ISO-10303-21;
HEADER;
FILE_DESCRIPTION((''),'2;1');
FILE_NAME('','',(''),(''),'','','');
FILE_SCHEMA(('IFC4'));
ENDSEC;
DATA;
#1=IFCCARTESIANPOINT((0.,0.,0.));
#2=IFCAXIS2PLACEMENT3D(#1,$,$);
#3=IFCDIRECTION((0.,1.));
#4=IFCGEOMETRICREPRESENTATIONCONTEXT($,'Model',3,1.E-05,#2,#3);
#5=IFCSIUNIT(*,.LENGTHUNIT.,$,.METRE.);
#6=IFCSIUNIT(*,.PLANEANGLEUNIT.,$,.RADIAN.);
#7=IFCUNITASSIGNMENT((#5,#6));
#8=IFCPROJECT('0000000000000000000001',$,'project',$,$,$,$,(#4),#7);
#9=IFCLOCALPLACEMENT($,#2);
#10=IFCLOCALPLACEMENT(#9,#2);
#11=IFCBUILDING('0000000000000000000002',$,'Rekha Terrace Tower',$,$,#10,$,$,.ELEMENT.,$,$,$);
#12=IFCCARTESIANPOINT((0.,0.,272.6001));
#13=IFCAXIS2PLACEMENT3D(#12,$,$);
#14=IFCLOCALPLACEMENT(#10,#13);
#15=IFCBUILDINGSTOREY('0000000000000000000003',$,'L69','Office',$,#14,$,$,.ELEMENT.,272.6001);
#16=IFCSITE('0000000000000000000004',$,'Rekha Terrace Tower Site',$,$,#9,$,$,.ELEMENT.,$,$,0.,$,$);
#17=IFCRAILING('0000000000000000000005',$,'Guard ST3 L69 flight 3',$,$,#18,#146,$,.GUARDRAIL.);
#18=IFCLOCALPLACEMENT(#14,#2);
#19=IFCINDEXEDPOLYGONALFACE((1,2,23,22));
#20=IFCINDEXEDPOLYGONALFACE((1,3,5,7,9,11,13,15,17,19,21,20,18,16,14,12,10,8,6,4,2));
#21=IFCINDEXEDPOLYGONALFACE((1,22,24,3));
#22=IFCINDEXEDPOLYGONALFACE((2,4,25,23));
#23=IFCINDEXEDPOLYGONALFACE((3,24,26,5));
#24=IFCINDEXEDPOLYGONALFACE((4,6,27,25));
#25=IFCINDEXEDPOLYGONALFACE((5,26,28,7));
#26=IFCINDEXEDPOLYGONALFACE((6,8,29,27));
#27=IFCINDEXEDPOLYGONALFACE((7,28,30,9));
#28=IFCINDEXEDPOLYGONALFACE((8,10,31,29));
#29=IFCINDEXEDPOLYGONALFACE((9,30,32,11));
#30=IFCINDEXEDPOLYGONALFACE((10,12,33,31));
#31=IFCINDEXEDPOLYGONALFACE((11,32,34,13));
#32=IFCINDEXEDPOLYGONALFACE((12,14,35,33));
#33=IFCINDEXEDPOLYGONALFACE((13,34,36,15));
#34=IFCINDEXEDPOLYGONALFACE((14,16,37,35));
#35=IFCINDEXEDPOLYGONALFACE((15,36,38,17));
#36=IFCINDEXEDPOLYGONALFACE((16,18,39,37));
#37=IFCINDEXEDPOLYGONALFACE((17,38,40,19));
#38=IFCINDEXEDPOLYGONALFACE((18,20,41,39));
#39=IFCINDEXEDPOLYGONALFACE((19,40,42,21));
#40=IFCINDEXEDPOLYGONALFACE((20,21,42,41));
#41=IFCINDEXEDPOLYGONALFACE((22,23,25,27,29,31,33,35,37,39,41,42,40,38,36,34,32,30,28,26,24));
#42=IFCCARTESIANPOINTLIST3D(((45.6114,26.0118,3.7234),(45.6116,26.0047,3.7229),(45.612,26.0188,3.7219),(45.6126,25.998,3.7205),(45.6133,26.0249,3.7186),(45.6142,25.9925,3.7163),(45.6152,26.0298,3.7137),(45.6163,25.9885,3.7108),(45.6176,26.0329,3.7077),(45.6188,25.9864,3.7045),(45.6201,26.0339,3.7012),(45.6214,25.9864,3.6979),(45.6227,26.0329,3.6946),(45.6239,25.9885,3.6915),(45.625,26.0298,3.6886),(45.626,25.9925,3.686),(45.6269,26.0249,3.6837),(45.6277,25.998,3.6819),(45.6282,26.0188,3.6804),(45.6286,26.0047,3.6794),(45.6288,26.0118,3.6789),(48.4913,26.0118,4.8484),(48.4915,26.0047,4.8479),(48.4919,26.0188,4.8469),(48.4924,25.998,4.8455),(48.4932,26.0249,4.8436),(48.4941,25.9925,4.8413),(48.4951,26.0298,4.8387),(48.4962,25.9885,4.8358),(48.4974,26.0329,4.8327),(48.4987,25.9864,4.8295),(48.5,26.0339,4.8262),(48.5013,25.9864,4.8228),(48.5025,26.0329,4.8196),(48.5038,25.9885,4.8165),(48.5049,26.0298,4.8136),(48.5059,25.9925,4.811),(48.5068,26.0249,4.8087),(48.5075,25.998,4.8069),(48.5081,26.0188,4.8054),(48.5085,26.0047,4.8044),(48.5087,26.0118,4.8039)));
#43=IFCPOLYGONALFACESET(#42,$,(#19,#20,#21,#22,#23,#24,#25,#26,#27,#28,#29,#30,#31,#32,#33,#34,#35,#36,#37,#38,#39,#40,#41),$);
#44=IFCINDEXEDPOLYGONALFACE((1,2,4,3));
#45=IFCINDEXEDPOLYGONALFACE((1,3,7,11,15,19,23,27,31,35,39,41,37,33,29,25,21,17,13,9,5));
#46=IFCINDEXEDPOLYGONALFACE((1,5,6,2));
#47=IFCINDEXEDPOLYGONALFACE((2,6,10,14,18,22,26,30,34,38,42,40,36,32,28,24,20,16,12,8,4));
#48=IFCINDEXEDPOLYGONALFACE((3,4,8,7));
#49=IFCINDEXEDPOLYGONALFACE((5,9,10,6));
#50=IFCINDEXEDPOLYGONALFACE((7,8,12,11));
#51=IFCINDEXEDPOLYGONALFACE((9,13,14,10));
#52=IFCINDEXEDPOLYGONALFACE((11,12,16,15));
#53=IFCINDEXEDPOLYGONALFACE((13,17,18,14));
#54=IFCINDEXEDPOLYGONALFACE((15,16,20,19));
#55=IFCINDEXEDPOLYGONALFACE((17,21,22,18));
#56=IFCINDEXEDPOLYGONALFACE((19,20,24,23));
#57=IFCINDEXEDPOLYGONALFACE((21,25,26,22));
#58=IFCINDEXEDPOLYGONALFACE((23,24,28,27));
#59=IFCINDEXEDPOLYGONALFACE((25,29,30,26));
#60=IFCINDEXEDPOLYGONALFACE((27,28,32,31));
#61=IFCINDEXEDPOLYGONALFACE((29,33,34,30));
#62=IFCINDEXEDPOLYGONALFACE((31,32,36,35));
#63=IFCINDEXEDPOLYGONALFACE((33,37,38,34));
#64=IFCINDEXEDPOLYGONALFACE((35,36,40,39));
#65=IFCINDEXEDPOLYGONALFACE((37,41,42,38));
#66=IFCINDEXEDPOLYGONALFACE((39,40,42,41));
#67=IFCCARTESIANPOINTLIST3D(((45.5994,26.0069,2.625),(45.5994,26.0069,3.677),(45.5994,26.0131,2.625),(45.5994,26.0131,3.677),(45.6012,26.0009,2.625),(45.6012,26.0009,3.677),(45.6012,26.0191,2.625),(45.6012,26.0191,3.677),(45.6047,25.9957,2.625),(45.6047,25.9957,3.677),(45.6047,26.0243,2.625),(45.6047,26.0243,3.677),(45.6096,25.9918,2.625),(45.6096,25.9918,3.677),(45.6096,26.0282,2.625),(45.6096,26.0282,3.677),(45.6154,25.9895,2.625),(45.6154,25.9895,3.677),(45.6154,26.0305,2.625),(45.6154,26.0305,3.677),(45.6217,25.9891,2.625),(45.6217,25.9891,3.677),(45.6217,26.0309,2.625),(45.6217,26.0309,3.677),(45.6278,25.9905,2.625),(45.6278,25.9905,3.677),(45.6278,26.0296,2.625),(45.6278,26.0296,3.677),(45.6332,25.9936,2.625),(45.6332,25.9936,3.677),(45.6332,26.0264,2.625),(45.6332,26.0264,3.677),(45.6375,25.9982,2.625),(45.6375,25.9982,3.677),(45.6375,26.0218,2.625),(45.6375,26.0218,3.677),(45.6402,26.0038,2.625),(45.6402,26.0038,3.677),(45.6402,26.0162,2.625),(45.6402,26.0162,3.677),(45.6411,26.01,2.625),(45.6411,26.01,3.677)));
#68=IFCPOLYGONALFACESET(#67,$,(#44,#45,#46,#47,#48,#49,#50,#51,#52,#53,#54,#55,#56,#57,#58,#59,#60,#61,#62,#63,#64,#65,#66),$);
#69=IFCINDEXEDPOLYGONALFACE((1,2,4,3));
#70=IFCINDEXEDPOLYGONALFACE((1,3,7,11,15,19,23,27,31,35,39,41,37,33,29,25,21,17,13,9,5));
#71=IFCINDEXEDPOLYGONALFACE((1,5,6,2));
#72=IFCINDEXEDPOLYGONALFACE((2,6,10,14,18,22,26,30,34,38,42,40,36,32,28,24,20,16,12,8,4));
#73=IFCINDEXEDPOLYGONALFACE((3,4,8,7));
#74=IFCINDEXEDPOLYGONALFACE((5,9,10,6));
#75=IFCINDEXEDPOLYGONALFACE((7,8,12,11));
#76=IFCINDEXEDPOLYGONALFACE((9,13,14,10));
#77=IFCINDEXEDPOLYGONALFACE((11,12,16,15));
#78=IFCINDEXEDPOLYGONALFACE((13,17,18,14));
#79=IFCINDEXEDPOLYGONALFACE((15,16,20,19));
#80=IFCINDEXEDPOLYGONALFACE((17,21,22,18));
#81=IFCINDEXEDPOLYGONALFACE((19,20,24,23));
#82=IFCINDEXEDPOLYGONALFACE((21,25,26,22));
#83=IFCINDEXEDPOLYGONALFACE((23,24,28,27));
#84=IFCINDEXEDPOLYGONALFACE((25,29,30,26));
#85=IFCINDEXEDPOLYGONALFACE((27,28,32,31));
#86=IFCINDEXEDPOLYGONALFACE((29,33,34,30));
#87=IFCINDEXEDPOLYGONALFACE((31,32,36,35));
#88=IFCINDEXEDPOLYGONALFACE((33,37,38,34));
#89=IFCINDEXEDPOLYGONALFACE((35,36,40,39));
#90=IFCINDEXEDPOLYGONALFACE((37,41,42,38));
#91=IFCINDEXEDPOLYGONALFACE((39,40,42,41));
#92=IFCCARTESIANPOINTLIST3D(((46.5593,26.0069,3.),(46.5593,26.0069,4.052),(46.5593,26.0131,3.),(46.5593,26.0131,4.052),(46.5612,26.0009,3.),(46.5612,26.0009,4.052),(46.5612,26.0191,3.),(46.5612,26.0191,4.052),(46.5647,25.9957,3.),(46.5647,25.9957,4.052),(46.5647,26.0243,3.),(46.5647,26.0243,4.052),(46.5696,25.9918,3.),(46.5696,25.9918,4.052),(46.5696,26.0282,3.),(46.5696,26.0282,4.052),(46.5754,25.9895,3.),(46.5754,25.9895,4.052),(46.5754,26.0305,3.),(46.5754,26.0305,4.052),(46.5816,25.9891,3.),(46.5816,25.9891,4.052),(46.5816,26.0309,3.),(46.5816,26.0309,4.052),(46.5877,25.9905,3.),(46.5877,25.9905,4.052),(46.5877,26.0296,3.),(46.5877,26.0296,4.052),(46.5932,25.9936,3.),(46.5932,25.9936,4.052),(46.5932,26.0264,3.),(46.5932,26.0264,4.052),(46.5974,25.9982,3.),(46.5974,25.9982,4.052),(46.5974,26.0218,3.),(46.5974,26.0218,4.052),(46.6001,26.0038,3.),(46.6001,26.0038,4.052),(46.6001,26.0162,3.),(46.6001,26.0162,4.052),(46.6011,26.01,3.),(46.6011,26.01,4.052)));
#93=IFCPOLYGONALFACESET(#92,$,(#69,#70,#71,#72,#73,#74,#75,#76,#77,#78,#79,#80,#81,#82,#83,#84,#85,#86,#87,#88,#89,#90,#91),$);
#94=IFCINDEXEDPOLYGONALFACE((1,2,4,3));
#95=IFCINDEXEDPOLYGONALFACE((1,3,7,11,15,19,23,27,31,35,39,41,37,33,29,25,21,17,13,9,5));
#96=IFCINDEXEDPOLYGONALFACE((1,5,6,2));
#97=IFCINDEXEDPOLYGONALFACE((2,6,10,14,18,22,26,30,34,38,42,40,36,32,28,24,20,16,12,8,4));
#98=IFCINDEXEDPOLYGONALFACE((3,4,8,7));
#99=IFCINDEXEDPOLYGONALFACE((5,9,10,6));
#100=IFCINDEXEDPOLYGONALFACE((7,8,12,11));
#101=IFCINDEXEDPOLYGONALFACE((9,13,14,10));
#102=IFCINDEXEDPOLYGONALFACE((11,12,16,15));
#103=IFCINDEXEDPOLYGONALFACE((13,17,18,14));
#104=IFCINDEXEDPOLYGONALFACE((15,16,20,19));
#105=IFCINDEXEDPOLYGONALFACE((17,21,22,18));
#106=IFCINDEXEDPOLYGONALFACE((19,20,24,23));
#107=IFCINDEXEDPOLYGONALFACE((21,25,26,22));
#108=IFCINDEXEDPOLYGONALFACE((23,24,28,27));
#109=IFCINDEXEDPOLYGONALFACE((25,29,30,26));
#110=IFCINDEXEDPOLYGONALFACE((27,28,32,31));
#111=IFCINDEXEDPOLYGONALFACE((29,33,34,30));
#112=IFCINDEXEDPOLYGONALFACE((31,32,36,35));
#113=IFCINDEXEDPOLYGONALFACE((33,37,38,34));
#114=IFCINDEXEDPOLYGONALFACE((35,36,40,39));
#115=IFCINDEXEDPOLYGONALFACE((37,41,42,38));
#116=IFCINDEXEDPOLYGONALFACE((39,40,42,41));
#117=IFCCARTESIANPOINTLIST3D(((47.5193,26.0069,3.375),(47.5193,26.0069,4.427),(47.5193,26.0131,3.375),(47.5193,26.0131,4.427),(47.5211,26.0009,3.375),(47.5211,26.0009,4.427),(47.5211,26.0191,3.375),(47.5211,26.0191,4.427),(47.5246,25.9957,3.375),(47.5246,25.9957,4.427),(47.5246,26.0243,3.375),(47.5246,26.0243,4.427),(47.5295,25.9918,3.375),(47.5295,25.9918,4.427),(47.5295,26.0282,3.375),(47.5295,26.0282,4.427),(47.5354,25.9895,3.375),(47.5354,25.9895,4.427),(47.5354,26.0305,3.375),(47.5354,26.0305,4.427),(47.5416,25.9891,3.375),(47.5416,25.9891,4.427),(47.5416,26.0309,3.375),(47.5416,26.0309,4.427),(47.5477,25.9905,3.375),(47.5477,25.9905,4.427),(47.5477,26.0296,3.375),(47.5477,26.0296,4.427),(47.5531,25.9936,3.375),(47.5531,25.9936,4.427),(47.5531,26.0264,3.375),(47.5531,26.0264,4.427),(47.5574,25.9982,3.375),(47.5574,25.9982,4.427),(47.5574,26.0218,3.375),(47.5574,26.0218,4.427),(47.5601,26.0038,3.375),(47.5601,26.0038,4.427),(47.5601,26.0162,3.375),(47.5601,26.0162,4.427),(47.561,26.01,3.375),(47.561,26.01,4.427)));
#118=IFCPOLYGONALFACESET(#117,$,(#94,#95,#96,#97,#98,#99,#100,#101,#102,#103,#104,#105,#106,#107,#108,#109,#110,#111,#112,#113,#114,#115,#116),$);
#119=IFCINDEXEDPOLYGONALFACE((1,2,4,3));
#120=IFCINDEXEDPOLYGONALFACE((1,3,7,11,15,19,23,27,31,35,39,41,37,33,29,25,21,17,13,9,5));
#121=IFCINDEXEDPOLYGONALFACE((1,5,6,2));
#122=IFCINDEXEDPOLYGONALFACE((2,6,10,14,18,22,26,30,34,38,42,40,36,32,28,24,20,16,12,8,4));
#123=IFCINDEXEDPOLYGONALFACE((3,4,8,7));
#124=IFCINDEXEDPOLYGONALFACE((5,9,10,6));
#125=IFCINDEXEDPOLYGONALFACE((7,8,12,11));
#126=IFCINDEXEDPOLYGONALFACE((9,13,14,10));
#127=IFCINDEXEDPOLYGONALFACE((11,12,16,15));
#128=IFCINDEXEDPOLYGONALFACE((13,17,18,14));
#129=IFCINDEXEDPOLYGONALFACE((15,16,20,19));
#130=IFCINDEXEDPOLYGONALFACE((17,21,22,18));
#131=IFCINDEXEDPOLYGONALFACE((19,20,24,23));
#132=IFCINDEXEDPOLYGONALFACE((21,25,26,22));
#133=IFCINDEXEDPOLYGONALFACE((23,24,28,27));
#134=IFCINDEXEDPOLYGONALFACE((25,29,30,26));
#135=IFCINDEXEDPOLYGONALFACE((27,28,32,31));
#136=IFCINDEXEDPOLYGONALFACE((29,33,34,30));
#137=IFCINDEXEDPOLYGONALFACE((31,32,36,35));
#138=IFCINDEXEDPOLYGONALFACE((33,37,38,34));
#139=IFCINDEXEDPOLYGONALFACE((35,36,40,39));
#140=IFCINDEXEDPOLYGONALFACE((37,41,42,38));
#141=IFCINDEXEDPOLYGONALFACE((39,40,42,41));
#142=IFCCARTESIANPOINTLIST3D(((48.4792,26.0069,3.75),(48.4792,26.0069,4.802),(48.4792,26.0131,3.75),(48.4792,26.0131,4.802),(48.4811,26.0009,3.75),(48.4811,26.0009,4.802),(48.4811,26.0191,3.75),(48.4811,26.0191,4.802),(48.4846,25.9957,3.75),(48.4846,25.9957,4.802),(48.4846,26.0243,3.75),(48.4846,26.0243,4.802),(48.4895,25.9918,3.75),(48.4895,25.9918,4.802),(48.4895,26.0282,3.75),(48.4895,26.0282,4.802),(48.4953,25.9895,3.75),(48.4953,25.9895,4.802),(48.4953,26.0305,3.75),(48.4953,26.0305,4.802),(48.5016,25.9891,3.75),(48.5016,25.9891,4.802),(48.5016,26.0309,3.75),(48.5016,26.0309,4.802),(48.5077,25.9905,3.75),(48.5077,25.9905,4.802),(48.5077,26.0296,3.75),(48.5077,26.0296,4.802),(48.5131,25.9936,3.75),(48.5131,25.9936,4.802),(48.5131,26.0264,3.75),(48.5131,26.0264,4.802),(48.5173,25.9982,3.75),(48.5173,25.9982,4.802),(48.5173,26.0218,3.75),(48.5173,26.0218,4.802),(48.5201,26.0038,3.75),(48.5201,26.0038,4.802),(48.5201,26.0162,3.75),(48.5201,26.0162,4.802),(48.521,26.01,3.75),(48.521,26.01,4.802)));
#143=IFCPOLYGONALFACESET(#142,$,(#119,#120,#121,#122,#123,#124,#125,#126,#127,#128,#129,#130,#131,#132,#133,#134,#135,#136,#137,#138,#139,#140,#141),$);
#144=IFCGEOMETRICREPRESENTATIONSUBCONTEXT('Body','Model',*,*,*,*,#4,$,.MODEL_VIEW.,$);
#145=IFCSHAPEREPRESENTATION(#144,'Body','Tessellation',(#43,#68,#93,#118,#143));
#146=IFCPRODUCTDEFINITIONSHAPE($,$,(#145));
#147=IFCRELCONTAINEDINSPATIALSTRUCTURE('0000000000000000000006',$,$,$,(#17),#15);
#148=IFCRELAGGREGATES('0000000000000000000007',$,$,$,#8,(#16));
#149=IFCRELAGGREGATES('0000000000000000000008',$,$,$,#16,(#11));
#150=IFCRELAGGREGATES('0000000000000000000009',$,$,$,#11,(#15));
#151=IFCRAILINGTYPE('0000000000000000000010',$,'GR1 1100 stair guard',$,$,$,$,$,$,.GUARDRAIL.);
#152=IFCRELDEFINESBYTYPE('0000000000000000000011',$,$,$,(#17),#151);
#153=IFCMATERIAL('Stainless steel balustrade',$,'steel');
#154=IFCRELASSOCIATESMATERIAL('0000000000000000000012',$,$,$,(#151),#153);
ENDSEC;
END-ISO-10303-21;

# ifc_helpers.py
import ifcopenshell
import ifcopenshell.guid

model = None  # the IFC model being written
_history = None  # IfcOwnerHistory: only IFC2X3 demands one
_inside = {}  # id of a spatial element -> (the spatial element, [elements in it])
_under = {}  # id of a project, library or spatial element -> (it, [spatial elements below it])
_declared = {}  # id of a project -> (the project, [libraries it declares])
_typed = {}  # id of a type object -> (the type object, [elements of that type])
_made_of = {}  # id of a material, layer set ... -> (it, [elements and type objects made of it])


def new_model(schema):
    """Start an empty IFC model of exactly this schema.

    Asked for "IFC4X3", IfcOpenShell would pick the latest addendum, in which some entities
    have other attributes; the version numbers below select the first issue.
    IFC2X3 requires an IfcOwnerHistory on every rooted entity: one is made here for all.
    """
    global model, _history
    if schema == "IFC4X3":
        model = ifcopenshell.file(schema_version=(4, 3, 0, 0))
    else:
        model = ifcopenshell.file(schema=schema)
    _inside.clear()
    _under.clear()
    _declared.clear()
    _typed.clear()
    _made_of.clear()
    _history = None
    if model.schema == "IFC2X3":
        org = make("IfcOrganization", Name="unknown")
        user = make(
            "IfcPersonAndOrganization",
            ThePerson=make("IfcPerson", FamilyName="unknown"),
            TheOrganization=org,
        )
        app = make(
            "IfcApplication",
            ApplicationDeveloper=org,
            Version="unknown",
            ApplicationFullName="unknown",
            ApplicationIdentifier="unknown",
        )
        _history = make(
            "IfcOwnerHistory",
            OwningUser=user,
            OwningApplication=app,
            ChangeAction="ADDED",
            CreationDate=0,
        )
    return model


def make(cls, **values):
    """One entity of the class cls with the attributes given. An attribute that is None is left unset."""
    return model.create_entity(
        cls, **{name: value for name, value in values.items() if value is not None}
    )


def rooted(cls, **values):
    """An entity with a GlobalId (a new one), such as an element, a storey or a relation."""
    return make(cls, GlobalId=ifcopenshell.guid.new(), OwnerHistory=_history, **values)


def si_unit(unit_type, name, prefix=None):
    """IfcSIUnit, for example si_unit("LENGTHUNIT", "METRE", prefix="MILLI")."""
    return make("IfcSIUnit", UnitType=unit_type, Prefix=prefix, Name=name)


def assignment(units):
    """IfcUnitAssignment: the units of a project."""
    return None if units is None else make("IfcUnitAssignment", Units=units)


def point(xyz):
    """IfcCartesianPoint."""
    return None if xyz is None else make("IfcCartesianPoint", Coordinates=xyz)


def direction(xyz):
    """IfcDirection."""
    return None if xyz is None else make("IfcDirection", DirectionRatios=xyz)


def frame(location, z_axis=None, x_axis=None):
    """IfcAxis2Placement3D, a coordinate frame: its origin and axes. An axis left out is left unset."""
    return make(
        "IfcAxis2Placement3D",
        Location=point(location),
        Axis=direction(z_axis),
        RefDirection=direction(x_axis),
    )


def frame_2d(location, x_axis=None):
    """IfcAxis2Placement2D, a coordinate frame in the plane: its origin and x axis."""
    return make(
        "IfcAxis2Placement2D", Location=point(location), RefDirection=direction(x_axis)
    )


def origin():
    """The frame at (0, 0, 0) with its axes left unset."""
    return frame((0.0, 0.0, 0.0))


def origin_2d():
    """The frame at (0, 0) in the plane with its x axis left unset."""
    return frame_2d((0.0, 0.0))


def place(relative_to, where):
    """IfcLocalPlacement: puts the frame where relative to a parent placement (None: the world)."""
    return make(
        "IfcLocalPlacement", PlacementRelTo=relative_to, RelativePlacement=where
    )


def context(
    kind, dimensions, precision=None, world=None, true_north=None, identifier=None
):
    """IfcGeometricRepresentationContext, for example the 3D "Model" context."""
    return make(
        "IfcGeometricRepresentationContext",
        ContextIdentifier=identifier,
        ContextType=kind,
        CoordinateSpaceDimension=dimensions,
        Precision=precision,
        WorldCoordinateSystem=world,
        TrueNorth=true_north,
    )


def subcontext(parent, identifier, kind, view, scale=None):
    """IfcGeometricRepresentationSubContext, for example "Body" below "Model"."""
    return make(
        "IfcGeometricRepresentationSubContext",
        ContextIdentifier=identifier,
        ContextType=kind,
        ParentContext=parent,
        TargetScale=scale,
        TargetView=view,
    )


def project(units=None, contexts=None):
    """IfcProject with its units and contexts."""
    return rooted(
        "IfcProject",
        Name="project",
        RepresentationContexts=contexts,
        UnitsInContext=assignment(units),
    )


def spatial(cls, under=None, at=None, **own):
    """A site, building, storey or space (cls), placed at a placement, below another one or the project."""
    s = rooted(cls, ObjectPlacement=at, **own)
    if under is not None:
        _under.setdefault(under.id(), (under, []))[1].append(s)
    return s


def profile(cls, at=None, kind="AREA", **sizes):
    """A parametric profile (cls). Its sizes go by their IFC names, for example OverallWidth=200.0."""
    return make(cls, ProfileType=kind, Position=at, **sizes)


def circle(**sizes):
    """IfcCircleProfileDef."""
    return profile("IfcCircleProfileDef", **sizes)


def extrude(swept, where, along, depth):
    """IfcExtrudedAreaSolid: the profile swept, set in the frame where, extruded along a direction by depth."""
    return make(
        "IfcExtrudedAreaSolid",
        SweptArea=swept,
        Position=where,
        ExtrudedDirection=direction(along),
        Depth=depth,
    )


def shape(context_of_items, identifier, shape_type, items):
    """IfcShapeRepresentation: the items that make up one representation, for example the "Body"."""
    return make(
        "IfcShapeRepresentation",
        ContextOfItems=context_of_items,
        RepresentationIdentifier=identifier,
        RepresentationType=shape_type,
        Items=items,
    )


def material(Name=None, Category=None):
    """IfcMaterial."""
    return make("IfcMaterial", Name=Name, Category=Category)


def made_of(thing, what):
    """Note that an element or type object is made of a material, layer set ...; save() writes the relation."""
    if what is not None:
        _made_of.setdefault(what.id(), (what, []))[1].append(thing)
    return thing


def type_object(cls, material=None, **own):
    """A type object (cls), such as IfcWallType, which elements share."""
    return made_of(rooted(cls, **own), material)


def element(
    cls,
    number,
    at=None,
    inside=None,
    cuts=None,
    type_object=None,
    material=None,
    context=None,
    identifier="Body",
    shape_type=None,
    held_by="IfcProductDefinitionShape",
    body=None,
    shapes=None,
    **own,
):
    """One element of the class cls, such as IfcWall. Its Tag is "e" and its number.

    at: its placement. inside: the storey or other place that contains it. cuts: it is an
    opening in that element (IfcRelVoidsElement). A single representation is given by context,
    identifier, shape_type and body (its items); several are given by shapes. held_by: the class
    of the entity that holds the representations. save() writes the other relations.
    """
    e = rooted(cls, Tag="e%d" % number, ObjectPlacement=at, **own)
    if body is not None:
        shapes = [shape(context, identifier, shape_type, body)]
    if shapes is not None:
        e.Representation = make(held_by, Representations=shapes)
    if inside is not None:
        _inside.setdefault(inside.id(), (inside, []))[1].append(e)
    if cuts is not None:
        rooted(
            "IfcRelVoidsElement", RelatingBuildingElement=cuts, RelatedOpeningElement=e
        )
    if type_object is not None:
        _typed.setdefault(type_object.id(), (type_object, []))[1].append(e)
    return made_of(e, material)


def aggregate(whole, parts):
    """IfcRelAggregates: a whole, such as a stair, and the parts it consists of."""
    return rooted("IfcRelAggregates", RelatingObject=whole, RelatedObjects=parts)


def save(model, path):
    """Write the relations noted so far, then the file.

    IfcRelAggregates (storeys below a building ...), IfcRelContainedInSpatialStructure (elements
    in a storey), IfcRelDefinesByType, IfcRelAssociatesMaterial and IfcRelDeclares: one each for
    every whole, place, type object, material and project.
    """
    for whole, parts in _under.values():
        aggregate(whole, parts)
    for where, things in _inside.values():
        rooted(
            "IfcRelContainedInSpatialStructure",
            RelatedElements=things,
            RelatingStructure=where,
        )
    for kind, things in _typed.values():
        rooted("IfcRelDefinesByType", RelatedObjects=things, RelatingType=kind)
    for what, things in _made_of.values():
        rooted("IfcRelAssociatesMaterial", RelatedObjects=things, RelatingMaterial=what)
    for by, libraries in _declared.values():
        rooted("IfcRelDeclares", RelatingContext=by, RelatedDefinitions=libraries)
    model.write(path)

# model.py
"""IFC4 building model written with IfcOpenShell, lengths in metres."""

from ifc_helpers import new_model, si_unit, direction, frame, origin, origin_2d, place, context, subcontext, project, spatial, circle, extrude, material, type_object, element, save


model = new_model("IFC4")

# Units and contexts
model_context = context("Model", 3, precision=1e-05, world=origin(), true_north=direction((0.0, 1.0)))
body_context = subcontext(model_context, "Body", "Model", "MODEL_VIEW")
ifc_project = project(units=[si_unit("LENGTHUNIT", "METRE"), si_unit("PLANEANGLEUNIT", "RADIAN")], contexts=[model_context])

# Site, building, storey
site_placement = place(None, origin())
site = spatial("IfcSite", under=ifc_project, at=site_placement, Name="Rekha Terrace Tower Site", CompositionType="ELEMENT", RefElevation=0.0)
building_placement = place(site_placement, origin())
building = spatial("IfcBuilding", under=site, at=building_placement, Name="Rekha Terrace Tower", CompositionType="ELEMENT")
storey_placement = place(building_placement, frame((0.0, 0.0, 272.6001)))
storey = spatial("IfcBuildingStorey", under=building, at=storey_placement, Name="L69", Description="Office", CompositionType="ELEMENT", Elevation=272.6001)

# Railing
ifc_material_1 = material(Name="Stainless steel balustrade", Category="steel")
railing_type_1 = type_object("IfcRailingType", Name="GR1 1100 stair guard", PredefinedType="GUARDRAIL", material=ifc_material_1)
railing_1_placement = place(storey_placement, frame((45.6201, 26.01, 2.625)))
element("IfcRailing", 1, at=railing_1_placement, inside=storey, type_object=railing_type_1, Name="Guard ST3 L69 flight 3", PredefinedType="GUARDRAIL", context=body_context, shape_type="SweptSolid", body=[
    extrude(circle(Radius=0.0239, at=origin_2d()), frame((0.0, 0.0, 1.0762), z_axis=(0.931452, 0.0, 0.363863), x_axis=(0.0, 1.0, 0.0)), (0.0, 0.0, 1.0), 3.0918),
    extrude(circle(Radius=0.021, at=origin_2d()), origin(), (0.0, 0.0, 1.0), 1.052),
    extrude(circle(Radius=0.021, at=origin_2d()), frame((0.96, 0.0, 0.375)), (0.0, 0.0, 1.0), 1.052),
    extrude(circle(Radius=0.021, at=origin_2d()), frame((1.9199, 0.0, 0.75)), (0.0, 0.0, 1.0), 1.052),
    extrude(circle(Radius=0.021, at=origin_2d()), frame((2.8799, 0.0, 1.125)), (0.0, 0.0, 1.0), 1.052),
])

save(model, "model.ifc")
